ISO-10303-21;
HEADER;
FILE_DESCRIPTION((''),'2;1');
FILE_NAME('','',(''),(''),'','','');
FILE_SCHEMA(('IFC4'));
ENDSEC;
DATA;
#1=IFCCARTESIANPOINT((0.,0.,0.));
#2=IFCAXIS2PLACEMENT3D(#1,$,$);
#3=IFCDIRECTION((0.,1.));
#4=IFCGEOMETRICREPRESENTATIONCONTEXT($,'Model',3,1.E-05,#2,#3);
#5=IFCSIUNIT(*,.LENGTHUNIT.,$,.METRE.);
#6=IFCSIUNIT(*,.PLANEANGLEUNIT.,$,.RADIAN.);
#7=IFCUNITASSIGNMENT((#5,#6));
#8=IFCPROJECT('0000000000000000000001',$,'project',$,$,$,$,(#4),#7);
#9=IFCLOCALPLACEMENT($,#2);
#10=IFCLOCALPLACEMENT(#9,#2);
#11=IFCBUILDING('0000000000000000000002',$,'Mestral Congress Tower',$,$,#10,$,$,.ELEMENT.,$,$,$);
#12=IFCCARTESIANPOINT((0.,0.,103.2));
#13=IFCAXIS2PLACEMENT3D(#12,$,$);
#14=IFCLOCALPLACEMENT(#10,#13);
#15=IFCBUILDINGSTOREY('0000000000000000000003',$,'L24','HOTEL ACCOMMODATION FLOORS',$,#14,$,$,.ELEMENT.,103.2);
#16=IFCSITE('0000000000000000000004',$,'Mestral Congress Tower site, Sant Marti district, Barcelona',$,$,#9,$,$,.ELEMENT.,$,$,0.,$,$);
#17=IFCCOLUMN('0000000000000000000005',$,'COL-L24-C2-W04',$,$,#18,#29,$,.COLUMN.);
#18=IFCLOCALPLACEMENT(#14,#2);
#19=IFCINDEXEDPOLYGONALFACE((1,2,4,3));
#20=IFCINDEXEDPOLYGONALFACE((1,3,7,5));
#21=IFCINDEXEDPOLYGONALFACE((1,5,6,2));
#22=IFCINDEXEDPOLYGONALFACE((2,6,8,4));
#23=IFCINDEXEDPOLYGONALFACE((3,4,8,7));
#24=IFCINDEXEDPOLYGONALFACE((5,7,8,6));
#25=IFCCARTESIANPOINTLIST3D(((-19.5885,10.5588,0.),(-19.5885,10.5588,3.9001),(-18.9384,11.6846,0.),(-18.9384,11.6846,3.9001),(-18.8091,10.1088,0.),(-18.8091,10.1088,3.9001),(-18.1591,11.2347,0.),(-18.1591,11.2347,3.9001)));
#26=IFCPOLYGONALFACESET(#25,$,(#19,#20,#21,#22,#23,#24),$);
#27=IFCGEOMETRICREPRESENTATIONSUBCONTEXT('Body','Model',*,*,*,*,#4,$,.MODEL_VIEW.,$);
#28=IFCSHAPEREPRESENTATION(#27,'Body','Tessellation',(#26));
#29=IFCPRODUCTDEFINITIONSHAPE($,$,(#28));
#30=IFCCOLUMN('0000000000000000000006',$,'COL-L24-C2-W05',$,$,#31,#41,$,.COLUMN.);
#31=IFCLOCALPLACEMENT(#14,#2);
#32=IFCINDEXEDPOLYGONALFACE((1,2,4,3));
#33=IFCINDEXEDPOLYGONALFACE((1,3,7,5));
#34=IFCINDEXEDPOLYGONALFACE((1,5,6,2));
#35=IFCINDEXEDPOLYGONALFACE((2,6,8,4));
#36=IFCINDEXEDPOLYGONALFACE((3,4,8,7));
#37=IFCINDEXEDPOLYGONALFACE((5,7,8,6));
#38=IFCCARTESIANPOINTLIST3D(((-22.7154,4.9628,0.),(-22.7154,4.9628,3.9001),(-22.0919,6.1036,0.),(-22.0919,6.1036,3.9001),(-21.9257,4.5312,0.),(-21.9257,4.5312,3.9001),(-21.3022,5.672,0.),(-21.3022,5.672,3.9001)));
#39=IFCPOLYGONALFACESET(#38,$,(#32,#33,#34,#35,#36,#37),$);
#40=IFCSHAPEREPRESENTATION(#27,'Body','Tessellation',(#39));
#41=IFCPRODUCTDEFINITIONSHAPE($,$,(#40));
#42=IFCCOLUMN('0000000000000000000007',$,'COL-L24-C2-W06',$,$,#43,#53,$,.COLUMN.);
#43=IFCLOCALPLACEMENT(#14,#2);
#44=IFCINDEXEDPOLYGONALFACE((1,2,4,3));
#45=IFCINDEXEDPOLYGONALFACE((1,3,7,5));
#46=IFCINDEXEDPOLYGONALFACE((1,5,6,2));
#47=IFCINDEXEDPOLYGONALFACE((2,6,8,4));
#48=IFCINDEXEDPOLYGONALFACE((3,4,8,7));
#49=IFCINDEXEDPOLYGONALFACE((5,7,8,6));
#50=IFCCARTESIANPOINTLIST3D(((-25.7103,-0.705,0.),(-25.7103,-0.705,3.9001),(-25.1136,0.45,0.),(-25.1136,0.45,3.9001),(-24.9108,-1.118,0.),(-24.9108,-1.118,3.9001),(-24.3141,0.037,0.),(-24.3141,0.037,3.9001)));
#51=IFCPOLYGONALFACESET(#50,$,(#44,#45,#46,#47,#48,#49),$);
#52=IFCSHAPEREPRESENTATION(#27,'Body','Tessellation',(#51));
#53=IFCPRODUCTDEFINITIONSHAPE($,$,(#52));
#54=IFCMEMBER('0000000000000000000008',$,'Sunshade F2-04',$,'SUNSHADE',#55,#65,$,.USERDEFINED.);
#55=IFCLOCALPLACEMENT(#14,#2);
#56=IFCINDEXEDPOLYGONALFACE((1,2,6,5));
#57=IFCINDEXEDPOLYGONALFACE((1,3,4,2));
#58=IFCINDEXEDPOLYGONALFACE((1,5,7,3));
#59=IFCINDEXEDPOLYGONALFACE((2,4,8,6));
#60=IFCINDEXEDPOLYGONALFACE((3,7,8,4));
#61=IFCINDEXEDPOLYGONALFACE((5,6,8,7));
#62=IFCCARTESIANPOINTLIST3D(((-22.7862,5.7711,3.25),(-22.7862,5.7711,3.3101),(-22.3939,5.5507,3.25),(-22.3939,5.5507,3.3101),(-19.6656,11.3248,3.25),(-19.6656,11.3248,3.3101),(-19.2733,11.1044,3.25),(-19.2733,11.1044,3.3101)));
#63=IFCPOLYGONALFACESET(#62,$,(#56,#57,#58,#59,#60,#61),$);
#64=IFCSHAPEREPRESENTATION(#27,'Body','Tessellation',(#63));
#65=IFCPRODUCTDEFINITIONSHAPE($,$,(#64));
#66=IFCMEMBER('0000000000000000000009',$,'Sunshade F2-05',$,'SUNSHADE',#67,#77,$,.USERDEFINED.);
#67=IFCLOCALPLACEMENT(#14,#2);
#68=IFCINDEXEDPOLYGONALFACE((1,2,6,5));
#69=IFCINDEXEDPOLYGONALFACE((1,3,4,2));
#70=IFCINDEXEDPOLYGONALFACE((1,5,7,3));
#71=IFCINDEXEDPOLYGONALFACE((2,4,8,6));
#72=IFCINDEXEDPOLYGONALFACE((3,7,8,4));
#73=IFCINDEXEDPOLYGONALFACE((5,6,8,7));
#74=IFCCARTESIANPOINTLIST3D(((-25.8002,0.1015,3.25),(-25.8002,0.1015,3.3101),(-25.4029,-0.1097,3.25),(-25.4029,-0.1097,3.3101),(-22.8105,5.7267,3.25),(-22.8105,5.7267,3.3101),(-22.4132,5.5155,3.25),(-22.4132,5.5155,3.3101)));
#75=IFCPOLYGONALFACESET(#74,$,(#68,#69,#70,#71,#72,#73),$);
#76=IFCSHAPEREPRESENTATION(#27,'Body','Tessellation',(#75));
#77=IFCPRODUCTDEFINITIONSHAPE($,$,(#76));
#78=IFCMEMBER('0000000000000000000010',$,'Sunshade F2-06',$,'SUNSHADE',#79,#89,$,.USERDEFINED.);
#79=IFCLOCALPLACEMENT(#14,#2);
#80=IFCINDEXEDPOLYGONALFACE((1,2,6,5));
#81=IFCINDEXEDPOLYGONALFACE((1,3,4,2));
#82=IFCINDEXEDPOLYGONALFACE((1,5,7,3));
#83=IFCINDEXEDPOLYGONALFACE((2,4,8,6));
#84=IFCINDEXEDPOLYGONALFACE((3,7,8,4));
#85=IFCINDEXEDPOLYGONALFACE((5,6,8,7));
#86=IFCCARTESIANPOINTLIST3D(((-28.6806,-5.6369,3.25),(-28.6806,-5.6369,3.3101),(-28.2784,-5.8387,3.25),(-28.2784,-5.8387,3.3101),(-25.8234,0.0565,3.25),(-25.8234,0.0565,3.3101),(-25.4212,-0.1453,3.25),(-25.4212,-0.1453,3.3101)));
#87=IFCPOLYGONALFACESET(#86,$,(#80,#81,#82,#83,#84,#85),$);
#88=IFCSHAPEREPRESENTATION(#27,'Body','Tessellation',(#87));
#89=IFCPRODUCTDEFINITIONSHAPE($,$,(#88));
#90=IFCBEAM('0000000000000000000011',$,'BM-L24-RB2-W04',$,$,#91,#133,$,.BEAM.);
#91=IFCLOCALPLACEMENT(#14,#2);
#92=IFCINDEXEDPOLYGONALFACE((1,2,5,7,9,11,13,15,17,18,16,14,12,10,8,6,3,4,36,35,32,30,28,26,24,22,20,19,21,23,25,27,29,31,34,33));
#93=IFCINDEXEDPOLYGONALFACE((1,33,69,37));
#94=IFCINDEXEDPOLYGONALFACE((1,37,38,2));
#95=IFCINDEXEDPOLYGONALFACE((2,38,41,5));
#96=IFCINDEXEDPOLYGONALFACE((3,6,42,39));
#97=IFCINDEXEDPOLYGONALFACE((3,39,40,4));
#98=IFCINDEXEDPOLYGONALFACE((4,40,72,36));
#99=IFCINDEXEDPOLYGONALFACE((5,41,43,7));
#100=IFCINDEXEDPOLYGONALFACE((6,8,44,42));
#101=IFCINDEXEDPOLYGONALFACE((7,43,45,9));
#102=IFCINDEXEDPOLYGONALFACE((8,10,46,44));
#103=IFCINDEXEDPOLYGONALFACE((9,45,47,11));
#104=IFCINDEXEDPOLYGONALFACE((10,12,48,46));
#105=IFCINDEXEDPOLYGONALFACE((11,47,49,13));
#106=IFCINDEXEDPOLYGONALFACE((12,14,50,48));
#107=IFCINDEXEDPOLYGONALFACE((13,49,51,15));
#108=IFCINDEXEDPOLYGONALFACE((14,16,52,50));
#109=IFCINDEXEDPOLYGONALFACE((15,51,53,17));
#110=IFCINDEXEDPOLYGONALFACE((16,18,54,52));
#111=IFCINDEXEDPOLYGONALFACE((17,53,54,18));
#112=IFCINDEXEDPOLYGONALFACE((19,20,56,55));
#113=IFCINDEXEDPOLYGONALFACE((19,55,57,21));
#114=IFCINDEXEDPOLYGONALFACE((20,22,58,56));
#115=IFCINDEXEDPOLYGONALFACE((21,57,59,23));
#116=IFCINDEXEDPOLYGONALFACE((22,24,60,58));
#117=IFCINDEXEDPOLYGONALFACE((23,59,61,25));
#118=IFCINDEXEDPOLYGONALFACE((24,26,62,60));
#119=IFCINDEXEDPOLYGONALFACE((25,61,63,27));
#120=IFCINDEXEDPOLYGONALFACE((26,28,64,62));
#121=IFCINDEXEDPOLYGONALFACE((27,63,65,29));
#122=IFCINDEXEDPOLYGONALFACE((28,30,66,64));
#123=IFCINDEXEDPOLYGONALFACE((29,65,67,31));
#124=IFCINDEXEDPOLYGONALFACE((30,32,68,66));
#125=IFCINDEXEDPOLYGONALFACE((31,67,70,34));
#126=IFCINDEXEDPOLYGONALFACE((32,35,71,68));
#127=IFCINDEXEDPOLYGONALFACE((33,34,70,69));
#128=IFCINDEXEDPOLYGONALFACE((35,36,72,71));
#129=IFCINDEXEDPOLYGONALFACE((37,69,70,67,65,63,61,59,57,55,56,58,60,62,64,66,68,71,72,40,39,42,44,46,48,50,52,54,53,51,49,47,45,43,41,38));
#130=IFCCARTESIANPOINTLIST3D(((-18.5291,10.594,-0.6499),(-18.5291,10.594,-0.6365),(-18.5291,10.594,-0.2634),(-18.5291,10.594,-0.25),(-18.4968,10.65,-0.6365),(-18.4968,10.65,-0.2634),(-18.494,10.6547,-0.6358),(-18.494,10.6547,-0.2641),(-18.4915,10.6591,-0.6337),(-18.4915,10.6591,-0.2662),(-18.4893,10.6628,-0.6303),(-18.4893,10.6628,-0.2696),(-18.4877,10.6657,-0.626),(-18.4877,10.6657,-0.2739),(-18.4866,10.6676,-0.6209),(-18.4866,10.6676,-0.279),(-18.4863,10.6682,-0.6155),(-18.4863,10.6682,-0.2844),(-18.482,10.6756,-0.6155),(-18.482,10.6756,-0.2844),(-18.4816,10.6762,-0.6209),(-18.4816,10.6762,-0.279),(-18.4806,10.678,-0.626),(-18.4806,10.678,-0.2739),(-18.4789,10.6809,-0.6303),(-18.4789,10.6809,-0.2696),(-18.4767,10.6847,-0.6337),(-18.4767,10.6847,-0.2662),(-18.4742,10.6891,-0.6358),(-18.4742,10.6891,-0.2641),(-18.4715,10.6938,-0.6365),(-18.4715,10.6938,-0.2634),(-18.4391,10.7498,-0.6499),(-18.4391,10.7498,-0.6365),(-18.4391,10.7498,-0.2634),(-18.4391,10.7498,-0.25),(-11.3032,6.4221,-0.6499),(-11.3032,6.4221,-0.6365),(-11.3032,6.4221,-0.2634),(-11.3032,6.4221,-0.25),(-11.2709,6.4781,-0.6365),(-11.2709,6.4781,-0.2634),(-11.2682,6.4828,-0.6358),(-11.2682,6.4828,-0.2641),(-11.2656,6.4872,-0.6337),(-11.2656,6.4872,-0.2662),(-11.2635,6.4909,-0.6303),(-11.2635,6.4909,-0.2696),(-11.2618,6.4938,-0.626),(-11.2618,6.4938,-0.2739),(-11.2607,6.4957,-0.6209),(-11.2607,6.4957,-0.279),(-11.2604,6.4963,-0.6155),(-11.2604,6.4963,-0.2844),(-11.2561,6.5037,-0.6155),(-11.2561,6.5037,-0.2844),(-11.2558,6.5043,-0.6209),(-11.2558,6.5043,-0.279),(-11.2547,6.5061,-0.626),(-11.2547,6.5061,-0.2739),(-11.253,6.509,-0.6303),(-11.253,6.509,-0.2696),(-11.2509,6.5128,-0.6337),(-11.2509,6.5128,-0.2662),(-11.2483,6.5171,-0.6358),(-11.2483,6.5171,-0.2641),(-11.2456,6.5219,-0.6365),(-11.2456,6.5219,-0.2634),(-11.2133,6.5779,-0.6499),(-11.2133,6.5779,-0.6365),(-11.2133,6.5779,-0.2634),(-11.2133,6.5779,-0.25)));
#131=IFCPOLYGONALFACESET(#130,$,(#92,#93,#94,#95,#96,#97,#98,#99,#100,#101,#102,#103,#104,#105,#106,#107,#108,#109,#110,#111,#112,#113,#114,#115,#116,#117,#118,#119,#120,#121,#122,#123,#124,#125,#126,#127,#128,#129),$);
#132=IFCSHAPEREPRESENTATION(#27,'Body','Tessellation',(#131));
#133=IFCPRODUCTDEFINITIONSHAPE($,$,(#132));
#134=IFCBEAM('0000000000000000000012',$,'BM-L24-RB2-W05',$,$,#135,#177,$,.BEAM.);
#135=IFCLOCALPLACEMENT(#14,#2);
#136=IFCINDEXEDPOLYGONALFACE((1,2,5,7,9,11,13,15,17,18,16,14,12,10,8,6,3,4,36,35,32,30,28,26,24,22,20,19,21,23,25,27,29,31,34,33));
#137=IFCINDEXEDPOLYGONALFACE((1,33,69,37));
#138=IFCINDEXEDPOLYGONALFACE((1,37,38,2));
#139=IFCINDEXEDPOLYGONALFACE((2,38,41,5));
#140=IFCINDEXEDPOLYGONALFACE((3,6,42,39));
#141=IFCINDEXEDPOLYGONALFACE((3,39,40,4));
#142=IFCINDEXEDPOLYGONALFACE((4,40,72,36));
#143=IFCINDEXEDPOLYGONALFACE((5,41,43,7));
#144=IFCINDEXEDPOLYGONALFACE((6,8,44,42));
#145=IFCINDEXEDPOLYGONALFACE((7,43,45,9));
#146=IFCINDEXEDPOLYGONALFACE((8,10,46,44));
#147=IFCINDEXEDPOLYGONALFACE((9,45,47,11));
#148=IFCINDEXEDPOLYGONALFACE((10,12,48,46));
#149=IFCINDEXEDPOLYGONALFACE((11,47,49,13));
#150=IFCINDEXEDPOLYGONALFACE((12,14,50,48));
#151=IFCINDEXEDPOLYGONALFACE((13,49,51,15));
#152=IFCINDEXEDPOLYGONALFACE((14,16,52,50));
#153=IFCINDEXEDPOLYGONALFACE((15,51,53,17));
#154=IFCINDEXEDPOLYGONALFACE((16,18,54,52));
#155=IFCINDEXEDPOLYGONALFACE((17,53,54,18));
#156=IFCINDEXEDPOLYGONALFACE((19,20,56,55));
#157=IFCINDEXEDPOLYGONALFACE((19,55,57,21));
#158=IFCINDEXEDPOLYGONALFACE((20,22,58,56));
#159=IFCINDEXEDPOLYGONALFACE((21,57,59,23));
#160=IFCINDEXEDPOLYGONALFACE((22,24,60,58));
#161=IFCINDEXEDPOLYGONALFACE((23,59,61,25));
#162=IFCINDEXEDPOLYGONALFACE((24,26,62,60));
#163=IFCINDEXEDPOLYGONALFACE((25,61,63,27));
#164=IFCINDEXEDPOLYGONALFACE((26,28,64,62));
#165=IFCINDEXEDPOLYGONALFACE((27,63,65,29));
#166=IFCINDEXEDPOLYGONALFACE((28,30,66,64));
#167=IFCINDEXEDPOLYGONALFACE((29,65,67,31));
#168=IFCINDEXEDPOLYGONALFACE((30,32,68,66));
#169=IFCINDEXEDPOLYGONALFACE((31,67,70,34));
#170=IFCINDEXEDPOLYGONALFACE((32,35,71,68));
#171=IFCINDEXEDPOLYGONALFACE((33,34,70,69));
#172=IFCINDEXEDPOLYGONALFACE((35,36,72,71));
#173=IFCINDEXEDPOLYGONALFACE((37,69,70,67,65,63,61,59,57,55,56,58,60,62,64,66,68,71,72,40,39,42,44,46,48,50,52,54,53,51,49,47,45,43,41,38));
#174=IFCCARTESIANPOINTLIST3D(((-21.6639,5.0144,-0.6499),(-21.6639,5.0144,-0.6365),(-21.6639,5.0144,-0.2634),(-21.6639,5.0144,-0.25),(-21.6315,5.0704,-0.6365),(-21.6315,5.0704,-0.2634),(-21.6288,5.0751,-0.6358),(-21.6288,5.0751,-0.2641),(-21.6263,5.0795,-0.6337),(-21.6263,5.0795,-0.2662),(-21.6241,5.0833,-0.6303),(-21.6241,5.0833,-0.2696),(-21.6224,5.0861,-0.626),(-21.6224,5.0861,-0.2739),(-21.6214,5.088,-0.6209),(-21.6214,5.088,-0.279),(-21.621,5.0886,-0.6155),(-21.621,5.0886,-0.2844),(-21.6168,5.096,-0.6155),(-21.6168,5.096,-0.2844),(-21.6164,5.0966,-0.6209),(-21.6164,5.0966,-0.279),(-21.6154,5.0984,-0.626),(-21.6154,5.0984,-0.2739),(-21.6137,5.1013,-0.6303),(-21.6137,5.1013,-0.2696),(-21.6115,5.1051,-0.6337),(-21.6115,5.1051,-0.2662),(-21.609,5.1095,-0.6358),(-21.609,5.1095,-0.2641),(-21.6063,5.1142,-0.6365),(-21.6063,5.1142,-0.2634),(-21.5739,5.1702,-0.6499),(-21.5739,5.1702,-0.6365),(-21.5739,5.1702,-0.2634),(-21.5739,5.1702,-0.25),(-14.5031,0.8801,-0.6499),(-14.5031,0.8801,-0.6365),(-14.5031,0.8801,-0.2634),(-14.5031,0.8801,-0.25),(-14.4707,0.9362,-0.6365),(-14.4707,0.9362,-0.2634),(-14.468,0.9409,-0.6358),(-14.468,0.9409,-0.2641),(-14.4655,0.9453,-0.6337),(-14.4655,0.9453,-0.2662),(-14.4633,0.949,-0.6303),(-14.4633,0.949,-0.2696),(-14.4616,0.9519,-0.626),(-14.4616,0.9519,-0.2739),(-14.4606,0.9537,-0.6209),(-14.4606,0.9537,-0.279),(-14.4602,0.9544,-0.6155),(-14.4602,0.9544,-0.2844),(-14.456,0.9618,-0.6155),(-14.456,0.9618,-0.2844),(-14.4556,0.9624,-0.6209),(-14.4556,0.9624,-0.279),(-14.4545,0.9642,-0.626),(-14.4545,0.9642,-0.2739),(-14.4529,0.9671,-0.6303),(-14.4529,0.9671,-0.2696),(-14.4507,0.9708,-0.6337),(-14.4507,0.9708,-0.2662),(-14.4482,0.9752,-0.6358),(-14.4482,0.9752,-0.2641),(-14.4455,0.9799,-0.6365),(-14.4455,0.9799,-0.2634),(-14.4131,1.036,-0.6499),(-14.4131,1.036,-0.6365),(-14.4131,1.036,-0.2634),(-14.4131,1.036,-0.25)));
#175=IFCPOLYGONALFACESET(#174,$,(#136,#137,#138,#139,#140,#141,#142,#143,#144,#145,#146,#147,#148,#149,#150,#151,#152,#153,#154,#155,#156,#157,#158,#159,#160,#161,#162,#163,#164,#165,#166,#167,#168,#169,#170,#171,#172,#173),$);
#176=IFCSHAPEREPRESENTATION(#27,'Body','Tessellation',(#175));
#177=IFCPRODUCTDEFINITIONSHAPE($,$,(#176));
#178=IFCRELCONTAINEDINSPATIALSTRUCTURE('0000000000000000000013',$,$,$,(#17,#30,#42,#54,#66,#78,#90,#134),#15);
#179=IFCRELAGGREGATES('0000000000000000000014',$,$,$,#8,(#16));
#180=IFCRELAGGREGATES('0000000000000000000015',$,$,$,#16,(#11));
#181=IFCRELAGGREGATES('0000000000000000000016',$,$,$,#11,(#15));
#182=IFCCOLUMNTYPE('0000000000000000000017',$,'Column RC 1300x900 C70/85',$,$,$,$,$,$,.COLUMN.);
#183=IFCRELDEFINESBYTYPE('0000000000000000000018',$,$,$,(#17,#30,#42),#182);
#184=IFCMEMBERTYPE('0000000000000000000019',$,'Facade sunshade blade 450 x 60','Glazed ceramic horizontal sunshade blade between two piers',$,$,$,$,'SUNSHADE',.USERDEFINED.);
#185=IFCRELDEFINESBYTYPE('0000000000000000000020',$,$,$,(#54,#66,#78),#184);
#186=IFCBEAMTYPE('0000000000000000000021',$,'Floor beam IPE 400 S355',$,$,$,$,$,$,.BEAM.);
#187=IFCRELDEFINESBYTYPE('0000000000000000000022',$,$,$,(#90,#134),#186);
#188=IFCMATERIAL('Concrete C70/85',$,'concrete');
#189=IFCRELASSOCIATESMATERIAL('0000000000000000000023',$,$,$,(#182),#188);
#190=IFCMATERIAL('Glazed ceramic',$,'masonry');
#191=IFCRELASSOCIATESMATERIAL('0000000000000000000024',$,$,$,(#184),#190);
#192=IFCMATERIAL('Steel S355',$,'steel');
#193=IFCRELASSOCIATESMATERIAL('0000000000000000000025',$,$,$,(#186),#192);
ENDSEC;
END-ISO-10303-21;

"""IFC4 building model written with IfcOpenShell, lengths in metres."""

from ifc_helpers import new_model, si_unit, direction, frame, origin, origin_2d, place, context, subcontext, project, spatial, rectangle, i_section, extrude, material, material_profile, profile_set, type_object, element, save


model = new_model("IFC4")

# Units and contexts
model_context = context("Model", 3, precision=1e-05, world=origin(), true_north=direction((0.0, 1.0)))
body_context = subcontext(model_context, "Body", "Model", "MODEL_VIEW")
ifc_project = project(units=[si_unit("LENGTHUNIT", "METRE"), si_unit("PLANEANGLEUNIT", "RADIAN")], contexts=[model_context])

# Site, building, storey
site_placement = place(None, origin())
site = spatial("IfcSite", under=ifc_project, at=site_placement, Name="Mestral Congress Tower site, Sant Marti district, Barcelona", CompositionType="ELEMENT", RefElevation=0.0)
building_placement = place(site_placement, origin())
building = spatial("IfcBuilding", under=site, at=building_placement, Name="Mestral Congress Tower", CompositionType="ELEMENT")
storey_placement = place(building_placement, frame((0.0, 0.0, 103.2)))
storey = spatial("IfcBuildingStorey", under=building, at=storey_placement, Name="L24", Description="HOTEL ACCOMMODATION FLOORS", CompositionType="ELEMENT", Elevation=103.2)

# Columns
ifc_material_1 = material(Name="Concrete C70/85", Category="concrete")
ifc_material_profile_1 = material_profile(ifc_material_1, rectangle(XDim=1.3, YDim=0.8999, at=origin_2d()), Name="RC 1300x900")
ifc_profile_set_1 = profile_set([ifc_material_profile_1], Name="Concrete C70/85")
column_type = type_object("IfcColumnType", Name="Column RC 1300x900 C70/85", PredefinedType="COLUMN", material=ifc_profile_set_1)
for number, where, z_axis, x_axis, name in (
    (1, (-18.8738, 10.8967, 0.0), (0.0, 0.0, 1.0), (-0.5, -0.866025, 0.0), "COL-L24-C2-W04"),
    (2, (-22.0088, 5.3174, 0.0), (0.0, 0.0, 1.0), (-0.479613, -0.87748, 0.0), "COL-L24-C2-W05"),
    (3, (-25.0122, -0.334, 0.0), (0.0, 0.0, 1.0), (-0.458961, -0.888456, 0.0), "COL-L24-C2-W06"),
):
    element("IfcColumn", number, at=place(storey_placement, frame(where, z_axis=z_axis, x_axis=x_axis)), inside=storey, type_object=column_type, Name=name, PredefinedType="COLUMN", context=body_context, shape_type="SweptSolid", body=[
        extrude(rectangle(XDim=1.3, YDim=0.8999, at=origin_2d()), origin(), (0.0, 0.0, 1.0), 3.9001),
    ])

# Members
ifc_material_2 = material(Name="Glazed ceramic", Category="masonry")
ifc_material_profile_2 = material_profile(ifc_material_2, rectangle(XDim=0.45, YDim=0.0601, at=origin_2d()), Name="Ceramic blade 450 x 60")
ifc_profile_set_2 = profile_set([ifc_material_profile_2], Name="Glazed ceramic")
member_type = type_object("IfcMemberType", Name="Facade sunshade blade 450 x 60", Description="Glazed ceramic horizontal sunshade blade between two piers", ElementType="SUNSHADE", PredefinedType="USERDEFINED", material=ifc_profile_set_2)
for number, where, z_axis, x_axis, name in (
    (4, (-19.4695, 11.2146, 3.28), (-0.489861, -0.871801, 0.0), (0.871801, -0.489861, 0.0), "Sunshade F2-04"),
    (5, (-22.6118, 5.6211, 3.28), (-0.469319, -0.883029, 0.0), (0.883029, -0.469319, 0.0), "Sunshade F2-05"),
):
    element("IfcMember", number, at=place(storey_placement, frame(where, z_axis=z_axis, x_axis=x_axis)), inside=storey, type_object=member_type, Name=name, ObjectType="SUNSHADE", PredefinedType="USERDEFINED", context=body_context, shape_type="SweptSolid", body=[
        extrude(rectangle(XDim=0.45, YDim=0.0601, at=origin_2d()), origin(), (0.0, 0.0, 1.0), 6.3704),
    ])
member_placement = place(storey_placement, frame((-25.6223, -0.0444, 3.28), z_axis=(-0.448532, -0.893767, 0.0), x_axis=(0.893767, -0.448532, 0.0)))
element("IfcMember", 6, at=member_placement, inside=storey, type_object=member_type, Name="Sunshade F2-06", ObjectType="SUNSHADE", PredefinedType="USERDEFINED", context=body_context, shape_type="SweptSolid", body=[
    extrude(rectangle(XDim=0.45, YDim=0.0601, at=origin_2d()), origin(), (0.0, 0.0, 1.0), 6.3701),
])

# Beams
ifc_material_3 = material(Name="Steel S355", Category="steel")
ifc_material_profile_3 = material_profile(ifc_material_3, i_section(OverallWidth=0.1799, OverallDepth=0.3999, WebThickness=0.0085, FlangeThickness=0.0134, FilletRadius=0.021, at=origin_2d()), Name="IPE 400")
ifc_profile_set_3 = profile_set([ifc_material_profile_3], Name="Steel S355")
beam_type_1 = type_object("IfcBeamType", Name="Floor beam IPE 400 S355", PredefinedType="BEAM", material=ifc_profile_set_3)
beam_1_placement = place(storey_placement, frame((-18.4841, 10.6719, -0.45), z_axis=(0.866023, -0.500004, 0.0), x_axis=(0.500004, 0.866023, 0.0)))
element("IfcBeam", 7, at=beam_1_placement, inside=storey, type_object=beam_type_1, Name="BM-L24-RB2-W04", PredefinedType="BEAM", context=body_context, shape_type="SweptSolid", body=[
    extrude(i_section(OverallWidth=0.1799, OverallDepth=0.3999, WebThickness=0.0085, FlangeThickness=0.0134, FilletRadius=0.021, at=origin_2d()), origin(), (0.0, 0.0, 1.0), 8.3438),
])
beam_2_placement = place(storey_placement, frame((-21.6189, 5.0923, -0.45), z_axis=(0.866029, -0.499994, 0.0), x_axis=(0.499994, 0.866029, 0.0)))
element("IfcBeam", 8, at=beam_2_placement, inside=storey, type_object=beam_type_1, Name="BM-L24-RB2-W05", PredefinedType="BEAM", context=body_context, shape_type="SweptSolid", body=[
    extrude(i_section(OverallWidth=0.1799, OverallDepth=0.3999, WebThickness=0.0085, FlangeThickness=0.0134, FilletRadius=0.021, at=origin_2d()), origin(), (0.0, 0.0, 1.0), 8.2686),
])

save(model, "model.ifc")
